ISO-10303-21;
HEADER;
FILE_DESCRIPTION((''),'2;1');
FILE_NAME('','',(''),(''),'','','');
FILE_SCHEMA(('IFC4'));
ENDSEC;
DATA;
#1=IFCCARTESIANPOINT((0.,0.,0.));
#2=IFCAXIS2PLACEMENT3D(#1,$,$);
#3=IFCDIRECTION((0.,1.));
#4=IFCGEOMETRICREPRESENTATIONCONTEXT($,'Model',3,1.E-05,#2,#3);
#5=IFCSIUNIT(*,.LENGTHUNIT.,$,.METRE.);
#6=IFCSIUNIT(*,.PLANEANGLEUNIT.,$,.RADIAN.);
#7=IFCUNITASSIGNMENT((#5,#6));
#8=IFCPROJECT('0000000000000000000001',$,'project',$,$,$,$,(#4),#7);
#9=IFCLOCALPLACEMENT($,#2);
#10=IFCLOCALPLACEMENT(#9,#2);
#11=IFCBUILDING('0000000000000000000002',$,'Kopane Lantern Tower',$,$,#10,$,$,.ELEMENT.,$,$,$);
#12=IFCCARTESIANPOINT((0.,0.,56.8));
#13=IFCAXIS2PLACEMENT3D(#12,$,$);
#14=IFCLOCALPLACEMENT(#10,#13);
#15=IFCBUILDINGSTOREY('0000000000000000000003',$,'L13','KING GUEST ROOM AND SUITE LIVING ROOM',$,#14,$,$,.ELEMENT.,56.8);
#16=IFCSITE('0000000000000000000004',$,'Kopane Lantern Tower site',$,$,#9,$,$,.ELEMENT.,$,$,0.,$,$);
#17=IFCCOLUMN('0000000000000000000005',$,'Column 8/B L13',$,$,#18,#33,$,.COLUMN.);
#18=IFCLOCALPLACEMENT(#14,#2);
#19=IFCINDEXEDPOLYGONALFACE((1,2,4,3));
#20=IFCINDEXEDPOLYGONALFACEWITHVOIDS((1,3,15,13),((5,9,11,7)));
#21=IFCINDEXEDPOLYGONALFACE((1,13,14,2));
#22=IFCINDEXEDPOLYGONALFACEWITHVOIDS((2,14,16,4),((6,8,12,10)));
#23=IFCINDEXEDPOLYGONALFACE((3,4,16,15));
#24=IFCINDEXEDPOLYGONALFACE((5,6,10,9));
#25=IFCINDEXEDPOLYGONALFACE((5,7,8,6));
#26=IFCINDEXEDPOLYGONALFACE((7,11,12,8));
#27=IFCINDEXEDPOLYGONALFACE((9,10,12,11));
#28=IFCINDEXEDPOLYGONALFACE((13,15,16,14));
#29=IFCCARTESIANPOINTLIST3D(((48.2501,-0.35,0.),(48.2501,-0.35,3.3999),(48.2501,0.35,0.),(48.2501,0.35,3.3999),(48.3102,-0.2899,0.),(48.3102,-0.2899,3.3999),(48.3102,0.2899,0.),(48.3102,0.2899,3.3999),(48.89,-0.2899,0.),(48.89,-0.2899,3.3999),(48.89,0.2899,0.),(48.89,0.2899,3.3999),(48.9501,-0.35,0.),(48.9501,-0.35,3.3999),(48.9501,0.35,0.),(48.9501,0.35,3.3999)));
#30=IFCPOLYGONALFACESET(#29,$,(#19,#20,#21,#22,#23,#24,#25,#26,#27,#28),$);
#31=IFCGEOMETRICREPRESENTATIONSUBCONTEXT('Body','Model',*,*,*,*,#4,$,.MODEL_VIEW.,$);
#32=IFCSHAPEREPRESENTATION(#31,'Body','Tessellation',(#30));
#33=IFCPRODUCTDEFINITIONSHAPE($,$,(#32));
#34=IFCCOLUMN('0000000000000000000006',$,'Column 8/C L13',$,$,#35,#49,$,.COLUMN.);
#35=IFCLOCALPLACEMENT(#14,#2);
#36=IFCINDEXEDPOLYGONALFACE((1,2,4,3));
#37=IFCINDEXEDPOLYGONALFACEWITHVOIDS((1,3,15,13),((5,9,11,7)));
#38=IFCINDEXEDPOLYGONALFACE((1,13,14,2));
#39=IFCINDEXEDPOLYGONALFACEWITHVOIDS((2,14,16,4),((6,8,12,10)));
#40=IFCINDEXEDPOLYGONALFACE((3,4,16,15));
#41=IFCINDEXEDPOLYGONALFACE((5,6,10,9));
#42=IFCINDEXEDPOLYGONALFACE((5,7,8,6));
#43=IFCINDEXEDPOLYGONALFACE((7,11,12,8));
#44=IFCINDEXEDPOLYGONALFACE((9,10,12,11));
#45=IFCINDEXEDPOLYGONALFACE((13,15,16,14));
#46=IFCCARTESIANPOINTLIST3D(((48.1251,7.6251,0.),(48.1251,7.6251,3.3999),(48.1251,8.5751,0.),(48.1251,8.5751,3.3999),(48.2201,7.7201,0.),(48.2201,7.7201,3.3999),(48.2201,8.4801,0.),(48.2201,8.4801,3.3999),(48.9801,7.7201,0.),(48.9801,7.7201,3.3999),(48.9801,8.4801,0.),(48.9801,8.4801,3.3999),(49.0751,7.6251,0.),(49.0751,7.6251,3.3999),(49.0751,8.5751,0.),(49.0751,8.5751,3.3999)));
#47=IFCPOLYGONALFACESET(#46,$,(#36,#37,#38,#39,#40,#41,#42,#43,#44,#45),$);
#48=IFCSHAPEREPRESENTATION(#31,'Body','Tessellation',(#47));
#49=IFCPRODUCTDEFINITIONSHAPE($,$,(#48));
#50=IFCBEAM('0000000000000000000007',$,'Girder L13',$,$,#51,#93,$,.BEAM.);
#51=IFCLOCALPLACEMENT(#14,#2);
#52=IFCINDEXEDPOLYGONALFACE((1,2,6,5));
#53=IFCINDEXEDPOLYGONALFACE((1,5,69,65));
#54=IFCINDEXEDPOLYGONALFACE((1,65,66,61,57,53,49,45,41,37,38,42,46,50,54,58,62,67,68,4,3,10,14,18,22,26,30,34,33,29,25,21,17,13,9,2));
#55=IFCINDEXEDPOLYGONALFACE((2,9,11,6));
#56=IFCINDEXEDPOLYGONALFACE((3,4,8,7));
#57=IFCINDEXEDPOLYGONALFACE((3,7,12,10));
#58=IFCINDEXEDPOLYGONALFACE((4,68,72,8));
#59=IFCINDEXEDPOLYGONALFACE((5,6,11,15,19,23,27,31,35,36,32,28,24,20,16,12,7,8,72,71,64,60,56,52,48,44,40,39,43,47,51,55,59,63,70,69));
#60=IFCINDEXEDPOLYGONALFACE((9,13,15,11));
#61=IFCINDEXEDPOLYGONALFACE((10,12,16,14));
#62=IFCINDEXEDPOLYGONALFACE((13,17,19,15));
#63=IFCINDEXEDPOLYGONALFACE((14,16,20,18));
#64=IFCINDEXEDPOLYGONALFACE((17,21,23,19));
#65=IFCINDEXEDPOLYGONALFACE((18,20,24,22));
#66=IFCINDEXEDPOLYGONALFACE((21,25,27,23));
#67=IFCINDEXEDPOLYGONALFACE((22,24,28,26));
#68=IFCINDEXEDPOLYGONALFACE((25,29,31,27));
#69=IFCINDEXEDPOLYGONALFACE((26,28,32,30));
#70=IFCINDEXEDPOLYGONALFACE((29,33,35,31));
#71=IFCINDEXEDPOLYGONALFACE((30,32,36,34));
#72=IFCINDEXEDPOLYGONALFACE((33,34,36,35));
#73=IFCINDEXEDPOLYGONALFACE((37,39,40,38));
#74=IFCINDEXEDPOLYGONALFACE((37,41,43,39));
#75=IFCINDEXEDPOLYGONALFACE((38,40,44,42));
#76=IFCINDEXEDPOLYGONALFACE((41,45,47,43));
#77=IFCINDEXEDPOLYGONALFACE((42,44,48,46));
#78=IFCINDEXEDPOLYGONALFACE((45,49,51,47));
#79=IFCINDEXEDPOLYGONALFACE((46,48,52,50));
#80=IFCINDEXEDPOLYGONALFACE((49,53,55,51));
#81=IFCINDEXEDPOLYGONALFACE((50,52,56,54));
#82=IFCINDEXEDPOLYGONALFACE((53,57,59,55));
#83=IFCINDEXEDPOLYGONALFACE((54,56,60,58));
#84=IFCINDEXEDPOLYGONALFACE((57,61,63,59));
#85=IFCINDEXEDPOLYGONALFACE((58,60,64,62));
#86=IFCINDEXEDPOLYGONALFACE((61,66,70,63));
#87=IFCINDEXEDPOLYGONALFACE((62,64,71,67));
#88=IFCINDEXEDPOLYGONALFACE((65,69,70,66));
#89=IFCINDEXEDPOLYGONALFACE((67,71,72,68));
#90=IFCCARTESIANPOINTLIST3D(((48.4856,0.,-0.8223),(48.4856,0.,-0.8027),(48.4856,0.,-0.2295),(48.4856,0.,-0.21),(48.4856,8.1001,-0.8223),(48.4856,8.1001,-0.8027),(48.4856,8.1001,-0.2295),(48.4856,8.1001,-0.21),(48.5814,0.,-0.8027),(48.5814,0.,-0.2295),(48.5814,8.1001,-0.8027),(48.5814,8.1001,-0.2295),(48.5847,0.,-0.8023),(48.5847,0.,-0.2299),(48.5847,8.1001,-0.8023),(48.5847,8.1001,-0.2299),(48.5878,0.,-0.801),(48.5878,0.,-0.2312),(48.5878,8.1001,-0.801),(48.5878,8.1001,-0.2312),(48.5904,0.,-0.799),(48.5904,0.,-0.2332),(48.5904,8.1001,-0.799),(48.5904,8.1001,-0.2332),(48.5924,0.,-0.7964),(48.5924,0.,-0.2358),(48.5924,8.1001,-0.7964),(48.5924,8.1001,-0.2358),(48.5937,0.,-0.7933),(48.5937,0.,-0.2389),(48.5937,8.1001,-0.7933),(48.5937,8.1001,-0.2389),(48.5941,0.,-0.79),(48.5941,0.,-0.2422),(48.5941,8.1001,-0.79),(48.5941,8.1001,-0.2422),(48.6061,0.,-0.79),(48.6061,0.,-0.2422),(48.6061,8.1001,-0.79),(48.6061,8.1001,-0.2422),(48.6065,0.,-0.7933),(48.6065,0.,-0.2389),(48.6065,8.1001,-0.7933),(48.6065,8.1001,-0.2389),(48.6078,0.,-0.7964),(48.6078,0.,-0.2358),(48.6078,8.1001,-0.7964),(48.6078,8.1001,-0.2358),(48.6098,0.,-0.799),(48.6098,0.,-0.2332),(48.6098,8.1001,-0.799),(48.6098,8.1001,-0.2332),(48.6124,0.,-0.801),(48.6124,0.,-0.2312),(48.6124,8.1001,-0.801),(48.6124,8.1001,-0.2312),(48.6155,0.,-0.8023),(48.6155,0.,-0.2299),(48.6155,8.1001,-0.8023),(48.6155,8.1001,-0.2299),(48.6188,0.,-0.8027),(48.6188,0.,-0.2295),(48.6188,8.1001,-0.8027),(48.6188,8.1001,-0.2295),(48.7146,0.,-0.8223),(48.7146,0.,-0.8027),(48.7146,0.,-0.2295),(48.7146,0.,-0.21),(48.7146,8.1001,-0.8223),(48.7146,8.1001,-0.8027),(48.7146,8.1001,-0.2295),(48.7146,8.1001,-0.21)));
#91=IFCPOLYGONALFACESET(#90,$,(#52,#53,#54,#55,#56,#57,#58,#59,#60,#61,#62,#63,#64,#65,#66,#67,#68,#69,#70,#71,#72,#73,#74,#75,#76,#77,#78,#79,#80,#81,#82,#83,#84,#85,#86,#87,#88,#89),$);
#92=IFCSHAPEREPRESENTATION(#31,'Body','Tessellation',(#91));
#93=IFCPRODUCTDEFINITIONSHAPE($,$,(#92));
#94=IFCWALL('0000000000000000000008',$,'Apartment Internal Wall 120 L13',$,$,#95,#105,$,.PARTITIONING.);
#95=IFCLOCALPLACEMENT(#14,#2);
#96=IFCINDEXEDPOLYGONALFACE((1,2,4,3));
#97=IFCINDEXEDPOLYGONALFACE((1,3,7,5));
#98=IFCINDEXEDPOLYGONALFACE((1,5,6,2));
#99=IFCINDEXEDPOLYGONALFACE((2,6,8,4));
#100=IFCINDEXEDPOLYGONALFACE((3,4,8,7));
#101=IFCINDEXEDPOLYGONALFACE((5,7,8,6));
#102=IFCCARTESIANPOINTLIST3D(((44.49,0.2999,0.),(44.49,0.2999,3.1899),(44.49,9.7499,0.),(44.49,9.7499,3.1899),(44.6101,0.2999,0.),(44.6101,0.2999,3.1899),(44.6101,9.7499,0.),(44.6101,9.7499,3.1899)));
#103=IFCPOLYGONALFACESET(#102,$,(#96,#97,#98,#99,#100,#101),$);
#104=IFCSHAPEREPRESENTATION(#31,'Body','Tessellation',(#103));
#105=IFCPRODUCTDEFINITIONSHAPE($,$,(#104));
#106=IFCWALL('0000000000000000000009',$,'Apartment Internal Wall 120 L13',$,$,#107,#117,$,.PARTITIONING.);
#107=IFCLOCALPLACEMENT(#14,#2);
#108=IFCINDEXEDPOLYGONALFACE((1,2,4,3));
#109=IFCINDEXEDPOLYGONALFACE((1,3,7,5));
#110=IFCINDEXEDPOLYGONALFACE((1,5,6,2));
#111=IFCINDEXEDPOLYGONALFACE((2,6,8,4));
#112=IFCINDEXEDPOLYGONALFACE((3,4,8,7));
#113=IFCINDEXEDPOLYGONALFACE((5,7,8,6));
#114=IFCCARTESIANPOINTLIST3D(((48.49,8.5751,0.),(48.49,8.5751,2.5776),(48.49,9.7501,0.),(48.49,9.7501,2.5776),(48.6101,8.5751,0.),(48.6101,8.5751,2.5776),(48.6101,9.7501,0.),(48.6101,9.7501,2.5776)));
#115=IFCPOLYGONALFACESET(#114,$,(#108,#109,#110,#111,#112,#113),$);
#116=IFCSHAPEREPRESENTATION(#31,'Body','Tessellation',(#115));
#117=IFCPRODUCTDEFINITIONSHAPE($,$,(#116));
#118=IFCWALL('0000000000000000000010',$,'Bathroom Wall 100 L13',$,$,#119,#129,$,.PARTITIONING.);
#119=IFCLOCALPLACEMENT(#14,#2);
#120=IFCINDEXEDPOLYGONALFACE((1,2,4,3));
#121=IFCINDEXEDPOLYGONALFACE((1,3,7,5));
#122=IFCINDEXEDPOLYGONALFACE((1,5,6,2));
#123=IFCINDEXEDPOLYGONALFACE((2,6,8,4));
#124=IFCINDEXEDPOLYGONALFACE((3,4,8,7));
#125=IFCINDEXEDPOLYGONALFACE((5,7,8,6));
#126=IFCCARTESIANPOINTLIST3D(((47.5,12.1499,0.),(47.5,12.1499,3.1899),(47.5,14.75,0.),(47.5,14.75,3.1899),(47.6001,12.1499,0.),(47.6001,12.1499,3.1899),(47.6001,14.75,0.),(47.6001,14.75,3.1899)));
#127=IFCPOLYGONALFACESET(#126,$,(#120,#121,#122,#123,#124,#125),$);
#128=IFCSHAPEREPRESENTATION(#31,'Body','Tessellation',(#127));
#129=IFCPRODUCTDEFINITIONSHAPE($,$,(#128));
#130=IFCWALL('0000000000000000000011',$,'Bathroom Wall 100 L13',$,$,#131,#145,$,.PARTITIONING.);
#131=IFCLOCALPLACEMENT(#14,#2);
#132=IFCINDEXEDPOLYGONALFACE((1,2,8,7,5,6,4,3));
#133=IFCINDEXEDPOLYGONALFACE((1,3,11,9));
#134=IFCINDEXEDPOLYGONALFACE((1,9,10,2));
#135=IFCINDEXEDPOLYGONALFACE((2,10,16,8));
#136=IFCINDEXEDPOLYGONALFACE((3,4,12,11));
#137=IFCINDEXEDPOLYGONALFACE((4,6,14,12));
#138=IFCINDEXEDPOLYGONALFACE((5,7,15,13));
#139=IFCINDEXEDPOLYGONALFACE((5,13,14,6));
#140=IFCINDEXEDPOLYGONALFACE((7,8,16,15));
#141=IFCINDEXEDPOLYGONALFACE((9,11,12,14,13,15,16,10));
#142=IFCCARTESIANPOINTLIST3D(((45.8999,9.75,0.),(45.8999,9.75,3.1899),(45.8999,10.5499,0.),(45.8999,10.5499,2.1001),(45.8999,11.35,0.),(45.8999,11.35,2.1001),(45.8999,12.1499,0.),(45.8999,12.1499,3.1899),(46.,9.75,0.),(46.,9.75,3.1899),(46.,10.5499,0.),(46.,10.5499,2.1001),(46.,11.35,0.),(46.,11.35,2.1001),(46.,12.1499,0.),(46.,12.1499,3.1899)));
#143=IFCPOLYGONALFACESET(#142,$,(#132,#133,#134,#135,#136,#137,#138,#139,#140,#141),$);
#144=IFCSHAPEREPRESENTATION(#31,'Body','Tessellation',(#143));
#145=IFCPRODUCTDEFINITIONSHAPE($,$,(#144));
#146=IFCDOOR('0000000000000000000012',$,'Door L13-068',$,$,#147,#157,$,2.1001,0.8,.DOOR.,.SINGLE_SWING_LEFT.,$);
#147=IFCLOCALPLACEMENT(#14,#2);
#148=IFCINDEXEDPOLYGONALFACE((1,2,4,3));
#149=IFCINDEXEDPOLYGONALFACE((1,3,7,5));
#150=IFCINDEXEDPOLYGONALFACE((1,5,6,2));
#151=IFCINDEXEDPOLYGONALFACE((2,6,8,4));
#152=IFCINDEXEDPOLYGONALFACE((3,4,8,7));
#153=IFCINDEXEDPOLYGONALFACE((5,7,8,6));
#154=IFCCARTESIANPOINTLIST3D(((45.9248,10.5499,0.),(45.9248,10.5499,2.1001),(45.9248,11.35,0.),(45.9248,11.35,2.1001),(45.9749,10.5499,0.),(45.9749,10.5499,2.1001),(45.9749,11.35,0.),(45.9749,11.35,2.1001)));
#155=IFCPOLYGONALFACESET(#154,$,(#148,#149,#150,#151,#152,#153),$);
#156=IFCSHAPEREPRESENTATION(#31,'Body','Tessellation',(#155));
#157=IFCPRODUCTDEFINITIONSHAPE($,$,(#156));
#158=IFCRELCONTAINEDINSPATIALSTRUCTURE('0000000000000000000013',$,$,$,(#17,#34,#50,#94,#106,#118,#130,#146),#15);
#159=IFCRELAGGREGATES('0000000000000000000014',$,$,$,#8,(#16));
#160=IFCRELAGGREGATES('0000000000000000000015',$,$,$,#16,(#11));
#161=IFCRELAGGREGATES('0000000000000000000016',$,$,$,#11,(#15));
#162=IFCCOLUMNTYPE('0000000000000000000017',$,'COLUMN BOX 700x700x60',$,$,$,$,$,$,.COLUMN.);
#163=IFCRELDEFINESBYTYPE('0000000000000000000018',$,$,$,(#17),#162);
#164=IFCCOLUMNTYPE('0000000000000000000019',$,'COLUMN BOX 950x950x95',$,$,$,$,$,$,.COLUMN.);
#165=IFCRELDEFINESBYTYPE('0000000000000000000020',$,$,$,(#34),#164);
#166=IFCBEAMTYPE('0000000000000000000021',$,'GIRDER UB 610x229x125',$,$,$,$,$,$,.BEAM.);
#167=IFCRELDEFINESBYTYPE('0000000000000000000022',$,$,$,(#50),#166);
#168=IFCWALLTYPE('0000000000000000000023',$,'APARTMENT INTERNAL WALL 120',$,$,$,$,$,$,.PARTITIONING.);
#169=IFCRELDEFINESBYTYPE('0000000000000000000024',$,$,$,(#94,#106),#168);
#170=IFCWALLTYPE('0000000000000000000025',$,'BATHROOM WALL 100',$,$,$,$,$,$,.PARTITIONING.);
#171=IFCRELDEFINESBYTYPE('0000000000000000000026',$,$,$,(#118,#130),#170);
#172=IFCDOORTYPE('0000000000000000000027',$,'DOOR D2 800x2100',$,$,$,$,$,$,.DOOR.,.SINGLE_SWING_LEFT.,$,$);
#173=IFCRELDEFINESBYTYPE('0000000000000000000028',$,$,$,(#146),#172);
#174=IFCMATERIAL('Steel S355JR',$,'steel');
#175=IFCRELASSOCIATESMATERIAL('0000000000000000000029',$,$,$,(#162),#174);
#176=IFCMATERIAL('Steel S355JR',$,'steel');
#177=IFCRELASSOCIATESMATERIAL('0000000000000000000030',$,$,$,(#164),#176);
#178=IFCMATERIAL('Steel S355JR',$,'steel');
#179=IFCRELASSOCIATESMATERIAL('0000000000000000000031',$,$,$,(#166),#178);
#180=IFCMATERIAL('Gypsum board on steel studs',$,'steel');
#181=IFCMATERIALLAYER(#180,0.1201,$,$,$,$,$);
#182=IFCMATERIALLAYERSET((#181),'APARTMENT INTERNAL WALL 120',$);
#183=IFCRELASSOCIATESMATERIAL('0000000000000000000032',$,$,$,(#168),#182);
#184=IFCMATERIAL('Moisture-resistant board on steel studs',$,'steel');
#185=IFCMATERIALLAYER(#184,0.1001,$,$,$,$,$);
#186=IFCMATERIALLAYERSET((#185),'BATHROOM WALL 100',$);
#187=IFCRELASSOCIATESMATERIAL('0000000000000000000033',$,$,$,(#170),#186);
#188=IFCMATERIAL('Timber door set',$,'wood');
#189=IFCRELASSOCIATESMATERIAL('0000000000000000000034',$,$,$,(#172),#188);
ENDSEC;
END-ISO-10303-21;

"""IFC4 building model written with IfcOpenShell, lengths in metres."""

from ifc_helpers import new_model, si_unit, direction, frame, frame_2d, origin, origin_2d, place, context, subcontext, project, spatial, rectangle, hollow_rectangle, i_section, extrude, material, layer, layer_set, material_profile, profile_set, type_object, element, fill, save


model = new_model("IFC4")

# Units and contexts
model_context = context("Model", 3, precision=1e-05, world=origin(), true_north=direction((0.0, 1.0)))
body_context = subcontext(model_context, "Body", "Model", "MODEL_VIEW")
ifc_project = project(units=[si_unit("LENGTHUNIT", "METRE"), si_unit("PLANEANGLEUNIT", "RADIAN")], contexts=[model_context])

# Site, building, storey
site_placement = place(None, origin())
site = spatial("IfcSite", under=ifc_project, at=site_placement, Name="Kopane Lantern Tower site", CompositionType="ELEMENT", RefElevation=0.0)
building_placement = place(site_placement, origin())
building = spatial("IfcBuilding", under=site, at=building_placement, Name="Kopane Lantern Tower", CompositionType="ELEMENT")
storey_placement = place(building_placement, frame((0.0, 0.0, 56.8)))
storey = spatial("IfcBuildingStorey", under=building, at=storey_placement, Name="L13", Description="KING GUEST ROOM AND SUITE LIVING ROOM", CompositionType="ELEMENT", Elevation=56.8)

# Columns
ifc_material_1 = material(Name="Steel S355JR", Category="steel")
ifc_material_profile_1 = material_profile(ifc_material_1, hollow_rectangle(XDim=0.7, YDim=0.7, WallThickness=0.0601, at=origin_2d()), Name="BOX 700x700x60")
ifc_profile_set_1 = profile_set([ifc_material_profile_1], Name="Steel S355JR")
column_type_1 = type_object("IfcColumnType", Name="COLUMN BOX 700x700x60", PredefinedType="COLUMN", material=ifc_profile_set_1)
column_1_placement = place(storey_placement, frame((48.6001, 0.0, 0.0), z_axis=(0.0, 0.0, 1.0), x_axis=(1.0, 0.0, 0.0)))
element("IfcColumn", 1, at=column_1_placement, inside=storey, type_object=column_type_1, Name="Column 8/B L13", PredefinedType="COLUMN", context=body_context, shape_type="SweptSolid", body=[
    extrude(hollow_rectangle(XDim=0.7, YDim=0.7, WallThickness=0.0601, at=origin_2d()), origin(), (0.0, 0.0, 1.0), 3.3999),
])
ifc_material_2 = material(Name="Steel S355JR", Category="steel")
ifc_material_profile_2 = material_profile(ifc_material_2, hollow_rectangle(XDim=0.95, YDim=0.95, WallThickness=0.095, at=origin_2d()), Name="BOX 950x950x95")
ifc_profile_set_2 = profile_set([ifc_material_profile_2], Name="Steel S355JR")
column_type_2 = type_object("IfcColumnType", Name="COLUMN BOX 950x950x95", PredefinedType="COLUMN", material=ifc_profile_set_2)
column_2_placement = place(storey_placement, frame((48.6001, 8.1001, 0.0), z_axis=(0.0, 0.0, 1.0), x_axis=(1.0, 0.0, 0.0)))
element("IfcColumn", 2, at=column_2_placement, inside=storey, type_object=column_type_2, Name="Column 8/C L13", PredefinedType="COLUMN", context=body_context, shape_type="SweptSolid", body=[
    extrude(hollow_rectangle(XDim=0.95, YDim=0.95, WallThickness=0.095, at=origin_2d()), origin(), (0.0, 0.0, 1.0), 3.3999),
])

# Beam
ifc_material_3 = material(Name="Steel S355JR", Category="steel")
ifc_material_profile_3 = material_profile(ifc_material_3, i_section(OverallWidth=0.229, OverallDepth=0.6123, WebThickness=0.012, FlangeThickness=0.0195, FilletRadius=0.0127, at=origin_2d()), Name="UB 610x229x125")
ifc_profile_set_3 = profile_set([ifc_material_profile_3], Name="Steel S355JR")
beam_type = type_object("IfcBeamType", Name="GIRDER UB 610x229x125", PredefinedType="BEAM", material=ifc_profile_set_3)
beam_placement = place(storey_placement, frame((48.6001, 0.0, -0.5161), z_axis=(0.0, 1.0, 0.0), x_axis=(-1.0, 0.0, 0.0)))
element("IfcBeam", 3, at=beam_placement, inside=storey, type_object=beam_type, Name="Girder L13", PredefinedType="BEAM", context=body_context, shape_type="SweptSolid", body=[
    extrude(i_section(OverallWidth=0.229, OverallDepth=0.6123, WebThickness=0.012, FlangeThickness=0.0195, FilletRadius=0.0127, at=origin_2d()), origin(), (0.0, 0.0, 1.0), 8.1001),
])

# Walls
ifc_material_4 = material(Name="Gypsum board on steel studs", Category="steel")
ifc_layer_1 = layer(ifc_material_4, 0.1201)
ifc_layer_set_1 = layer_set([ifc_layer_1], Name="APARTMENT INTERNAL WALL 120")
wall_type_1 = type_object("IfcWallType", Name="APARTMENT INTERNAL WALL 120", PredefinedType="PARTITIONING", material=ifc_layer_set_1)
wall_1_placement = place(storey_placement, frame((44.55, 9.75, 0.0), z_axis=(0.0, 0.0, 1.0), x_axis=(0.0, -1.0, 0.0)))
element("IfcWall", 4, at=wall_1_placement, inside=storey, type_object=wall_type_1, Name="Apartment Internal Wall 120 L13", PredefinedType="PARTITIONING", context=body_context, shape_type="SweptSolid", body=[
    extrude(rectangle(XDim=9.45, YDim=0.1201, at=frame_2d((4.7251, 0.0))), origin(), (0.0, 0.0, 1.0), 3.1899),
])
wall_2_placement = place(storey_placement, frame((48.55, 9.75, 0.0), z_axis=(0.0, 0.0, 1.0), x_axis=(0.0, -1.0, 0.0)))
element("IfcWall", 5, at=wall_2_placement, inside=storey, type_object=wall_type_1, Name="Apartment Internal Wall 120 L13", PredefinedType="PARTITIONING", context=body_context, shape_type="SweptSolid", body=[
    extrude(rectangle(XDim=1.175, YDim=0.1201, at=frame_2d((0.5874, 0.0))), origin(), (0.0, 0.0, 1.0), 2.5776),
])
ifc_material_5 = material(Name="Moisture-resistant board on steel studs", Category="steel")
ifc_layer_2 = layer(ifc_material_5, 0.1001)
ifc_layer_set_2 = layer_set([ifc_layer_2], Name="BATHROOM WALL 100")
wall_type_2 = type_object("IfcWallType", Name="BATHROOM WALL 100", PredefinedType="PARTITIONING", material=ifc_layer_set_2)
wall_3_placement = place(storey_placement, frame((47.55, 12.1499, 0.0), z_axis=(0.0, 0.0, 1.0), x_axis=(0.0, 1.0, 0.0)))
element("IfcWall", 6, at=wall_3_placement, inside=storey, type_object=wall_type_2, Name="Bathroom Wall 100 L13", PredefinedType="PARTITIONING", context=body_context, shape_type="SweptSolid", body=[
    extrude(rectangle(XDim=2.6001, YDim=0.1001, at=frame_2d((1.3, 0.0))), origin(), (0.0, 0.0, 1.0), 3.1899),
])

# Wall, opening, door
wall_4_placement = place(storey_placement, frame((45.95, 12.1499, 0.0), z_axis=(0.0, 0.0, 1.0), x_axis=(0.0, -1.0, 0.0)))
wall_4 = element("IfcWall", 7, at=wall_4_placement, inside=storey, type_object=wall_type_2, Name="Bathroom Wall 100 L13", PredefinedType="PARTITIONING", context=body_context, shape_type="SweptSolid", body=[
    extrude(rectangle(XDim=2.3999, YDim=0.1001, at=frame_2d((1.2, 0.0))), origin(), (0.0, 0.0, 1.0), 3.1899),
])
opening_1_placement = place(wall_4_placement, frame((0.8, 0.0, 0.0)))
opening_1 = element("IfcOpeningElement", 8, at=opening_1_placement, cuts=wall_4, PredefinedType="OPENING", context=body_context, shape_type="SweptSolid", body=[
    extrude(rectangle(XDim=0.8, YDim=2.1001, at=frame_2d((0.3999, 1.05))), frame((0.0, 0.0601, 0.0), z_axis=(0.0, -1.0, 0.0), x_axis=(1.0, 0.0, 0.0)), (0.0, 0.0, 1.0), 0.1201),
])
ifc_material_6 = material(Name="Timber door set", Category="wood")
door_type_1 = type_object("IfcDoorType", Name="DOOR D2 800x2100", OperationType="SINGLE_SWING_LEFT", PredefinedType="DOOR", material=ifc_material_6)
door_1_placement = place(opening_1_placement, origin())
door_1 = element("IfcDoor", 9, at=door_1_placement, inside=storey, type_object=door_type_1, Name="Door L13-068", OperationType="SINGLE_SWING_LEFT", OverallHeight=2.1001, OverallWidth=0.8, PredefinedType="DOOR", context=body_context, shape_type="SweptSolid", body=[
    extrude(rectangle(XDim=0.8, YDim=2.1001, at=frame_2d((0.3999, 1.05))), frame((0.0, 0.0249, 0.0), z_axis=(0.0, -1.0, 0.0), x_axis=(1.0, 0.0, 0.0)), (0.0, 0.0, 1.0), 0.05),
])
fill(opening_1, door_1)

save(model, "model.ifc")
